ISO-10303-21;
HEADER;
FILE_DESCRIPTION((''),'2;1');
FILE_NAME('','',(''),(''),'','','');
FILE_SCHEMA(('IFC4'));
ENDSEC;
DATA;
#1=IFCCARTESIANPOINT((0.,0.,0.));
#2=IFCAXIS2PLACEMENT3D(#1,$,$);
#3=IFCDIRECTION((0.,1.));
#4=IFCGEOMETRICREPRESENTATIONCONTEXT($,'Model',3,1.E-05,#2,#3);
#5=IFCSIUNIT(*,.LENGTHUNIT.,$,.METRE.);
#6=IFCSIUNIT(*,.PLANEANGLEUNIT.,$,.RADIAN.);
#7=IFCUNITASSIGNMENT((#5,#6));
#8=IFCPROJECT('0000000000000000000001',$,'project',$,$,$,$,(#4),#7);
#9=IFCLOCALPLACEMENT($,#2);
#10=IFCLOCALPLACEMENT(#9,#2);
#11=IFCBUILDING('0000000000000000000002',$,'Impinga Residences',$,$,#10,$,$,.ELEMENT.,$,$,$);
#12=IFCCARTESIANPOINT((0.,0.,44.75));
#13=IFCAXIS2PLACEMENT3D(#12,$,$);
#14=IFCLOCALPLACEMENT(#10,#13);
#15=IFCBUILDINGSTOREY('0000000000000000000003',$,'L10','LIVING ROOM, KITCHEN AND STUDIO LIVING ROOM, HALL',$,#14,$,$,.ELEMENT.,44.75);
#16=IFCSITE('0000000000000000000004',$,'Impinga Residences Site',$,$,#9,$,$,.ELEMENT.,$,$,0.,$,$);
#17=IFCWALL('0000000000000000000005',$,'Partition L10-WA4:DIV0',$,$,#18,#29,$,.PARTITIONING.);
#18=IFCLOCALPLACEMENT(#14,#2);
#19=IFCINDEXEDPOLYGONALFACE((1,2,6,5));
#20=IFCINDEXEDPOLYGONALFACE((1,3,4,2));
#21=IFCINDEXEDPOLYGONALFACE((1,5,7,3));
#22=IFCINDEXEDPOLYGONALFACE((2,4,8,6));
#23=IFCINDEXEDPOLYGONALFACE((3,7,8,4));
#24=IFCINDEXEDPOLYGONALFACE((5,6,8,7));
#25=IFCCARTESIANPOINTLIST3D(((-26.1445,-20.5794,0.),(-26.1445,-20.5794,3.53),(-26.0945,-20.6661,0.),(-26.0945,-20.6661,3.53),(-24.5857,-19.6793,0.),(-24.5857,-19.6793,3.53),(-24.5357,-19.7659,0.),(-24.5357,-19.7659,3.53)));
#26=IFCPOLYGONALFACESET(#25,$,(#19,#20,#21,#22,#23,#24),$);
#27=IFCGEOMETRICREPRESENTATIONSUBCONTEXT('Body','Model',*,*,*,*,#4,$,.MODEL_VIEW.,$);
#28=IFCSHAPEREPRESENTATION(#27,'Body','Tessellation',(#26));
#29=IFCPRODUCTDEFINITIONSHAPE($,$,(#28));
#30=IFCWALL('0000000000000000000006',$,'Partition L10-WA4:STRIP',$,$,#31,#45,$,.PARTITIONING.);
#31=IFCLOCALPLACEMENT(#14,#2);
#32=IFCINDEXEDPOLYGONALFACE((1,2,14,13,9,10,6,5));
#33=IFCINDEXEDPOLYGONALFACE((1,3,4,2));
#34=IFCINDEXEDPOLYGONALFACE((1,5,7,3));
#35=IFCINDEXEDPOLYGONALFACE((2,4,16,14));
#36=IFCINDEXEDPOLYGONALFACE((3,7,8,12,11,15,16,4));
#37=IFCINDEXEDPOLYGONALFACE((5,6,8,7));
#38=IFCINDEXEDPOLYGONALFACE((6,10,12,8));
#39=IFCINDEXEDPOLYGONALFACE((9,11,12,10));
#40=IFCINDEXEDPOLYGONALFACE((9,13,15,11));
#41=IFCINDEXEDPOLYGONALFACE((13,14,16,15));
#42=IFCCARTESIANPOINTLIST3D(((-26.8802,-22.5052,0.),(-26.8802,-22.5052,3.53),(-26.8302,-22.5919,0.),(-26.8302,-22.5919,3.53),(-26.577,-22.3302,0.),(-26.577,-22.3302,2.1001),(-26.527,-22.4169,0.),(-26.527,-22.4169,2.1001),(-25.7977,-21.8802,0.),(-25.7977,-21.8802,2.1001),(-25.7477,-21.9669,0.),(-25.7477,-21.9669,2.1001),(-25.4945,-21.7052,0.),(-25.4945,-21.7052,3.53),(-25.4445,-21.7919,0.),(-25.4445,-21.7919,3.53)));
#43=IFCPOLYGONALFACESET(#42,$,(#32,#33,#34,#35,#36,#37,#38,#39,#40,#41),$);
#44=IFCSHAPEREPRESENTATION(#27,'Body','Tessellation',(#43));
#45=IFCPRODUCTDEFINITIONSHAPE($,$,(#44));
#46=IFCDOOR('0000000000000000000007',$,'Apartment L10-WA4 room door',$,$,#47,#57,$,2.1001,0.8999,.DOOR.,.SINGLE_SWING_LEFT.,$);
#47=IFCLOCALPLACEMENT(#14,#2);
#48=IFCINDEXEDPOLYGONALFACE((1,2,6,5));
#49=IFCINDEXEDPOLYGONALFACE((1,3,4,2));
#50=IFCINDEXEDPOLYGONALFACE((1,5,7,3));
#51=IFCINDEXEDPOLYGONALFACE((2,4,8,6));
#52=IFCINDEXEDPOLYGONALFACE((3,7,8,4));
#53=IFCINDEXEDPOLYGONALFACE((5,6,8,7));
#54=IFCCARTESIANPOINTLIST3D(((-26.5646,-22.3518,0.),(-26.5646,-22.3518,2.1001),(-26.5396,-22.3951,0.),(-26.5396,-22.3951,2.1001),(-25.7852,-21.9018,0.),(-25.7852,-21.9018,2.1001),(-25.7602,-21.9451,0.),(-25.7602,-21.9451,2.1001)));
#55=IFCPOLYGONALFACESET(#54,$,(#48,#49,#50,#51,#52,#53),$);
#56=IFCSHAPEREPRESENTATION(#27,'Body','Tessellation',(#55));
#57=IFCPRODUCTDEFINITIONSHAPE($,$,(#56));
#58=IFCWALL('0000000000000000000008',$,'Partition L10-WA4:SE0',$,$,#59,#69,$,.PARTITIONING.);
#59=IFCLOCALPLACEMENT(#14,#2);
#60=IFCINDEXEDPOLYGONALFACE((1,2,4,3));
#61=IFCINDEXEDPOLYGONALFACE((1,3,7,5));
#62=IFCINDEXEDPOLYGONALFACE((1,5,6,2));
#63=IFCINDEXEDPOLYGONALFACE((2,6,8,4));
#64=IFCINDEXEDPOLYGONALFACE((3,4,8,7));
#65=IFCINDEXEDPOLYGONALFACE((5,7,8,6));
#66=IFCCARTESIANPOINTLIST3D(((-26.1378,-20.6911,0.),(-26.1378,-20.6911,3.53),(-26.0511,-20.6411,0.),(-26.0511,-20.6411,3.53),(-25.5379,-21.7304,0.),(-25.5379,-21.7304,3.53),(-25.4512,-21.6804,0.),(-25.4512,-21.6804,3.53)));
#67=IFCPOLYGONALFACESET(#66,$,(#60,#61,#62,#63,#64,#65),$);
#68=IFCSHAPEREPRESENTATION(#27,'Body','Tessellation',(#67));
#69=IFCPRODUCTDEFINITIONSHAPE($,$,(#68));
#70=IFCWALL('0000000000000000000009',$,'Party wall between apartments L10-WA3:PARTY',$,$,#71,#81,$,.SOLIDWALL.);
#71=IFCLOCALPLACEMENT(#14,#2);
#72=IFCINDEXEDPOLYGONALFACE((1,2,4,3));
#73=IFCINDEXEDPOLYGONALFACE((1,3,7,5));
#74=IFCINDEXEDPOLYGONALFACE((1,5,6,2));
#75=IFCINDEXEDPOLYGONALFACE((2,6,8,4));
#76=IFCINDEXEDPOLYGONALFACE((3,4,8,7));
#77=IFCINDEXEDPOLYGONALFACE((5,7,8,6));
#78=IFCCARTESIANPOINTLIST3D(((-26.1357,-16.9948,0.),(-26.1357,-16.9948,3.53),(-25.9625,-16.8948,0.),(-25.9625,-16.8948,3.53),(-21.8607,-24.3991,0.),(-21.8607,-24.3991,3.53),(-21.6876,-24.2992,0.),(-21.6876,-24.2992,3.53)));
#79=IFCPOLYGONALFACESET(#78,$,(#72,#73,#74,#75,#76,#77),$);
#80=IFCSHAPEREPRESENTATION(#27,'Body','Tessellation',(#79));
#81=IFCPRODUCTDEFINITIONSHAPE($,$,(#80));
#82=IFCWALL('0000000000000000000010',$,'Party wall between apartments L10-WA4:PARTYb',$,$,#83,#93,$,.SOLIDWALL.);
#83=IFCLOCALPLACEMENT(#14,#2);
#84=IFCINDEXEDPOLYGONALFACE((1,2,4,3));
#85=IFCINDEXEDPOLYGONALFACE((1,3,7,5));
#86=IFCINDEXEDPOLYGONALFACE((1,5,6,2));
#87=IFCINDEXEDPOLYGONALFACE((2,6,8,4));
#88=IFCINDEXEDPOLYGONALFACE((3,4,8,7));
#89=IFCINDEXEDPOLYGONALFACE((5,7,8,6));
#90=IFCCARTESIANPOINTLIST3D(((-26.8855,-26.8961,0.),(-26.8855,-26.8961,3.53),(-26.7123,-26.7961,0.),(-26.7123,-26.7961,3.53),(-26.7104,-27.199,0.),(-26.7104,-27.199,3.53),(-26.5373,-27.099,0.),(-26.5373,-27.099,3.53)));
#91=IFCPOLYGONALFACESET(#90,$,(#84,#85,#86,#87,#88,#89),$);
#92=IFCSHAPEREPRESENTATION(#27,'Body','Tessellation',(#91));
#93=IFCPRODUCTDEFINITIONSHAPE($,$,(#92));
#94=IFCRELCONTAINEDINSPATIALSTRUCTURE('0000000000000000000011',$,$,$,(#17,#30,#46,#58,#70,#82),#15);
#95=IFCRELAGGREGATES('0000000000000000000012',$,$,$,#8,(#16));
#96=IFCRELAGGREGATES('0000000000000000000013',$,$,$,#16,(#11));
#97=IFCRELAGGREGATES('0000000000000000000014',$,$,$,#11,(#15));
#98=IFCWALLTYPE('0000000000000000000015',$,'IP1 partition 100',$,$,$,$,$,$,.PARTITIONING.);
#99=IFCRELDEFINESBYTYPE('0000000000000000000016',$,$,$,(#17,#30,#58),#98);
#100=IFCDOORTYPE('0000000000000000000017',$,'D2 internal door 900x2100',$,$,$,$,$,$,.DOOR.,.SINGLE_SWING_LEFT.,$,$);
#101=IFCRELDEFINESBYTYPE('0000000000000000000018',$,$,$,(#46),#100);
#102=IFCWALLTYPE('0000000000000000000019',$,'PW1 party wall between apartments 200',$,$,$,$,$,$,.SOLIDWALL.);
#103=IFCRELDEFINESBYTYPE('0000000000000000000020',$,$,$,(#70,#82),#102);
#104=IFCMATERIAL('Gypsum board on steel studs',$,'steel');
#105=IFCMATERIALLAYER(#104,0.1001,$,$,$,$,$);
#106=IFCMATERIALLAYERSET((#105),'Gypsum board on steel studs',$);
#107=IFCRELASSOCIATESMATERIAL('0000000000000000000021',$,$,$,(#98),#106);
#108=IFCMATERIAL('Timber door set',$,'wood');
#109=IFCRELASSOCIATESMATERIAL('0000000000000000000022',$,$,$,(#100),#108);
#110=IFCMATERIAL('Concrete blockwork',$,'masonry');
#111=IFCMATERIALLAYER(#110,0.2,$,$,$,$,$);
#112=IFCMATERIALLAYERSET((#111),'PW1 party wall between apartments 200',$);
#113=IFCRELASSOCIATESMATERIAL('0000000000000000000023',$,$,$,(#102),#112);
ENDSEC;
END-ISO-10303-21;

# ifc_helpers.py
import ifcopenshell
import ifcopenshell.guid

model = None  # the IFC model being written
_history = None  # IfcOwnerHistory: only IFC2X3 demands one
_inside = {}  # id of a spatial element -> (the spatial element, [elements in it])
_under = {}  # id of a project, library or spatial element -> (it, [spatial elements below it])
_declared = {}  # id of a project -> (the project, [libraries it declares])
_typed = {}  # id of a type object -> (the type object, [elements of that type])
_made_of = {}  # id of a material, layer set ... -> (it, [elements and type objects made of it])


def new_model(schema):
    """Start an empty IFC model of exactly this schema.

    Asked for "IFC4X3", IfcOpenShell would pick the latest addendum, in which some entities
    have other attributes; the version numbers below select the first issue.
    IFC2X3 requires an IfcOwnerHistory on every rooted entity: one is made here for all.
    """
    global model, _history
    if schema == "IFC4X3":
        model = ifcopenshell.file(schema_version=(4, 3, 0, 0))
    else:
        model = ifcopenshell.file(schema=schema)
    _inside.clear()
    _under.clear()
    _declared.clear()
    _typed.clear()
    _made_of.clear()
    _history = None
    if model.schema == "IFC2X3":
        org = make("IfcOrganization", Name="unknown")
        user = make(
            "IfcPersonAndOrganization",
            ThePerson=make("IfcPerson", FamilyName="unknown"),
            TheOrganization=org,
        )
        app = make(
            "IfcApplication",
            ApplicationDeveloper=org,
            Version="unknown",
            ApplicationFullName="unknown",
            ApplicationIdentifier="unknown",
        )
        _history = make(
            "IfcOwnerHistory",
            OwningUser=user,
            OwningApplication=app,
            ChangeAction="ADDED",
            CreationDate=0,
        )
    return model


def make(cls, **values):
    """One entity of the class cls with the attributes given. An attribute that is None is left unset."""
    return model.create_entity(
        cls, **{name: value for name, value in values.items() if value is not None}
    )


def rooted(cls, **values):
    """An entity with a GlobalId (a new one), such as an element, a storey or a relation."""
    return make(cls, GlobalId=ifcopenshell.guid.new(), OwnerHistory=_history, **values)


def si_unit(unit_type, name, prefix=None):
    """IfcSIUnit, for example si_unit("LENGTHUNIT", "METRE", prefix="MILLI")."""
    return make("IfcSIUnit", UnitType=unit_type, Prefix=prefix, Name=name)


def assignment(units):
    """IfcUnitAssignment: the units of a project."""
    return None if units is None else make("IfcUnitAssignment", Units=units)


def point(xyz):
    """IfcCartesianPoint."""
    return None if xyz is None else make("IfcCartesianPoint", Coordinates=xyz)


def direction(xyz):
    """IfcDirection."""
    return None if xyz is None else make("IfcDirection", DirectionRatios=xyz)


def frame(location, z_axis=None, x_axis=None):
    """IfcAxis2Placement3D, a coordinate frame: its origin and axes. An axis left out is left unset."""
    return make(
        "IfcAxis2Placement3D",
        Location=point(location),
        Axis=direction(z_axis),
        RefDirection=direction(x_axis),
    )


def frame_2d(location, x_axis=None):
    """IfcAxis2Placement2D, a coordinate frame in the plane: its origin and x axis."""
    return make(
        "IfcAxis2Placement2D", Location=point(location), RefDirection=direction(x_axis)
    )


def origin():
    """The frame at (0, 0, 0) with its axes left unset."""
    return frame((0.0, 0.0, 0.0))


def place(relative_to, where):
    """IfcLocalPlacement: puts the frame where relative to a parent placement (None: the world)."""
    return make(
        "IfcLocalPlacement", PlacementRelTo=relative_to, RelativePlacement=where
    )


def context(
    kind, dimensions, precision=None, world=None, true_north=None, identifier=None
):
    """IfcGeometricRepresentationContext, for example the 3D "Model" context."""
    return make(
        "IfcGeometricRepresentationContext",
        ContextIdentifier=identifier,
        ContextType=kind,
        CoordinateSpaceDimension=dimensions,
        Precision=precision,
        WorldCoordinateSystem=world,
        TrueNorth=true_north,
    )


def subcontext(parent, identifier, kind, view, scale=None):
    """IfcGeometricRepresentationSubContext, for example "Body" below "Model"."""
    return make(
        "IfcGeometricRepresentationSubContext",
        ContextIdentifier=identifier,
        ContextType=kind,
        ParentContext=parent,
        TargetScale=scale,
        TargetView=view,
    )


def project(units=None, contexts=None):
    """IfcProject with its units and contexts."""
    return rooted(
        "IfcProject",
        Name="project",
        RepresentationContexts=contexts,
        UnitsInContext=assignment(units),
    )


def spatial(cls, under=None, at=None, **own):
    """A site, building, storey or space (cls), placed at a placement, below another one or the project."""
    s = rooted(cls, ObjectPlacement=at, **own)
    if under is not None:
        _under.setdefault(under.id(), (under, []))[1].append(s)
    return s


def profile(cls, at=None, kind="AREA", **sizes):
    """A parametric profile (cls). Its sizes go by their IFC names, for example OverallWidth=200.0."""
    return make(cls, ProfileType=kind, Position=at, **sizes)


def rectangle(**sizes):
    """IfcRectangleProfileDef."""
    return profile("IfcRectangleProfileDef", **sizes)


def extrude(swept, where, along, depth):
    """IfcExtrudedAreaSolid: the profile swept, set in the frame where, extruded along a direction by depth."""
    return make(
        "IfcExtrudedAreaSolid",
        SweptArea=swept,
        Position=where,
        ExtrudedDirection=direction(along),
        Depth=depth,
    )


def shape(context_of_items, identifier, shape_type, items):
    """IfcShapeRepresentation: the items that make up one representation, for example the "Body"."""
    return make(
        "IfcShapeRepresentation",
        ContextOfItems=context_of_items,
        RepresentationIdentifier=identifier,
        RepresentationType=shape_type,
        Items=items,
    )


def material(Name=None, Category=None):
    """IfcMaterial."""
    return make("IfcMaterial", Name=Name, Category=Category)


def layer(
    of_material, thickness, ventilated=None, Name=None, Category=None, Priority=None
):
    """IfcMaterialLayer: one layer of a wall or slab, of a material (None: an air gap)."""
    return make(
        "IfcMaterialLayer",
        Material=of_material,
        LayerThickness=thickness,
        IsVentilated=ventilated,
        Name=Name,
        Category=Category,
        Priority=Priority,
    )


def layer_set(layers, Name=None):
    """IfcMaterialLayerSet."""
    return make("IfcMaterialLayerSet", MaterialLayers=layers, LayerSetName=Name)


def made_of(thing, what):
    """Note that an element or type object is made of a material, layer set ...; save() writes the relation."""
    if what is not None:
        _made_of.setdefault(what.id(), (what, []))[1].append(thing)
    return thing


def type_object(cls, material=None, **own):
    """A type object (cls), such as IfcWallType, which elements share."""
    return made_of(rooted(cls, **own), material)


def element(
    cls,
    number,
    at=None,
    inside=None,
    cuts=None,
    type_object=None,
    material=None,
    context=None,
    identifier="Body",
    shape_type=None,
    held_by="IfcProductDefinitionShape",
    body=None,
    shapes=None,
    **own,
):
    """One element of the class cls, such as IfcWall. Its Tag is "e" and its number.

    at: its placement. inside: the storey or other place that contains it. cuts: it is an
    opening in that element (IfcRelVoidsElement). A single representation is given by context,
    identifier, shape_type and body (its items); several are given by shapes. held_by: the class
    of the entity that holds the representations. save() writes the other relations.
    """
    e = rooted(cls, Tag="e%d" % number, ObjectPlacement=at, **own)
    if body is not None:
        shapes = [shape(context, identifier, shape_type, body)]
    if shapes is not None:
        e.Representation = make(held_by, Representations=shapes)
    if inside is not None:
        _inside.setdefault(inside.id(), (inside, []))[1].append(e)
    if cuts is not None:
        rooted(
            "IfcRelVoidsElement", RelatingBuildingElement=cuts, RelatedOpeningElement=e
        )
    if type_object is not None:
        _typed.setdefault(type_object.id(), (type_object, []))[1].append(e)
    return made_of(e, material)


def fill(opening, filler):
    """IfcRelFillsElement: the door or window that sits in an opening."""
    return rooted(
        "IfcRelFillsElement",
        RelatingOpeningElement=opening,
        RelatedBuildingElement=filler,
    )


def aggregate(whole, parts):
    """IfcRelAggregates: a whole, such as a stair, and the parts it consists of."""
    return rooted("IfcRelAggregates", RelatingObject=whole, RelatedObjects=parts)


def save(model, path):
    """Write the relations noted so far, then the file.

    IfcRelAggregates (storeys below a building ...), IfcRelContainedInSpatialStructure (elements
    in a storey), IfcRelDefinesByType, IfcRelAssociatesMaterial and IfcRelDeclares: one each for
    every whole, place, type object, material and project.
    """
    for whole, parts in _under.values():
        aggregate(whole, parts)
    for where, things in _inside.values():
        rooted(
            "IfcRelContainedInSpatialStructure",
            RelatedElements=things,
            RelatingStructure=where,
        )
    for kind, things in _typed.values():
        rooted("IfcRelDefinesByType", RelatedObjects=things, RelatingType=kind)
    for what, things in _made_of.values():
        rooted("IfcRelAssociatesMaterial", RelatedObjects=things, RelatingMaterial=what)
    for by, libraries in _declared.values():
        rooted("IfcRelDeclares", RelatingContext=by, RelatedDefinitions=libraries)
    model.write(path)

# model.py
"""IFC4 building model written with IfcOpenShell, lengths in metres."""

from ifc_helpers import new_model, si_unit, direction, frame, frame_2d, origin, place, context, subcontext, project, spatial, rectangle, extrude, material, layer, layer_set, type_object, element, fill, save


model = new_model("IFC4")

# Units and contexts
model_context = context("Model", 3, precision=1e-05, world=origin(), true_north=direction((0.0, 1.0)))
body_context = subcontext(model_context, "Body", "Model", "MODEL_VIEW")
ifc_project = project(units=[si_unit("LENGTHUNIT", "METRE"), si_unit("PLANEANGLEUNIT", "RADIAN")], contexts=[model_context])

# Site, building, storey
site_placement = place(None, origin())
site = spatial("IfcSite", under=ifc_project, at=site_placement, Name="Impinga Residences Site", CompositionType="ELEMENT", RefElevation=0.0)
building_placement = place(site_placement, origin())
building = spatial("IfcBuilding", under=site, at=building_placement, Name="Impinga Residences", CompositionType="ELEMENT")
storey_placement = place(building_placement, frame((0.0, 0.0, 44.75)))
storey = spatial("IfcBuildingStorey", under=building, at=storey_placement, Name="L10", Description="LIVING ROOM, KITCHEN AND STUDIO LIVING ROOM, HALL", CompositionType="ELEMENT", Elevation=44.75)

# Shared definitions
ifc_material_1 = material(Name="Concrete blockwork", Category="masonry")
ifc_material_2 = material(Name="Timber door set", Category="wood")

# Shared definitions
ifc_material_3 = material(Name="Gypsum board on steel studs", Category="steel")
ifc_layer_1 = layer(ifc_material_3, 0.1001)
ifc_layer_set_1 = layer_set([ifc_layer_1], Name="Gypsum board on steel studs")
wall_type_1 = type_object("IfcWallType", Name="IP1 partition 100", PredefinedType="PARTITIONING", material=ifc_layer_set_1)

# Shared definitions
door_type_1 = type_object("IfcDoorType", Name="D2 internal door 900x2100", OperationType="SINGLE_SWING_LEFT", PredefinedType="DOOR", material=ifc_material_2)

# Wall
wall_1_placement = place(storey_placement, frame((-24.5608, -19.7227, 0.0), z_axis=(0.0, 0.0, 1.0), x_axis=(-0.865989, -0.500063, 0.0)))
element("IfcWall", 1, at=wall_1_placement, inside=storey, type_object=wall_type_1, Name="Partition L10-WA4:DIV0", PredefinedType="PARTITIONING", context=body_context, shape_type="SweptSolid", body=[
    extrude(rectangle(XDim=1.8, YDim=0.1001, at=frame_2d((0.8999, 0.0))), origin(), (0.0, 0.0, 1.0), 3.53),
])

# Wall, opening, door
wall_2_placement = place(storey_placement, frame((-25.4695, -21.7485, 0.0), z_axis=(0.0, 0.0, 1.0), x_axis=(-0.866028, -0.499995, 0.0)))
wall_2 = element("IfcWall", 2, at=wall_2_placement, inside=storey, type_object=wall_type_1, Name="Partition L10-WA4:STRIP", PredefinedType="PARTITIONING", context=body_context, shape_type="SweptSolid", body=[
    extrude(rectangle(XDim=1.6001, YDim=0.1001, at=frame_2d((0.8, 0.0))), origin(), (0.0, 0.0, 1.0), 3.53),
])
opening_1_placement = place(wall_2_placement, frame((0.3501, 0.0, 0.0)))
opening_1 = element("IfcOpeningElement", 3, at=opening_1_placement, cuts=wall_2, PredefinedType="OPENING", context=body_context, shape_type="SweptSolid", body=[
    extrude(rectangle(XDim=0.8999, YDim=2.1001, at=frame_2d((0.45, 1.05))), frame((0.0, 0.0601, 0.0), z_axis=(0.0, -1.0, 0.0), x_axis=(1.0, 0.0, 0.0)), (0.0, 0.0, 1.0), 0.1201),
])
door_1_placement = place(opening_1_placement, origin())
door_1 = element("IfcDoor", 4, at=door_1_placement, inside=storey, type_object=door_type_1, Name="Apartment L10-WA4 room door", OperationType="SINGLE_SWING_LEFT", OverallHeight=2.1001, OverallWidth=0.8999, PredefinedType="DOOR", context=body_context, shape_type="SweptSolid", body=[
    extrude(rectangle(XDim=0.8999, YDim=2.1001, at=frame_2d((0.45, 1.05))), frame((0.0, 0.0249, 0.0), z_axis=(0.0, -1.0, 0.0), x_axis=(1.0, 0.0, 0.0)), (0.0, 0.0, 1.0), 0.05),
])
fill(opening_1, door_1)

# Walls
wall_3_placement = place(storey_placement, frame((-26.0945, -20.666, 0.0), z_axis=(0.0, 0.0, 1.0), x_axis=(0.499881, -0.866094, 0.0)))
element("IfcWall", 5, at=wall_3_placement, inside=storey, type_object=wall_type_1, Name="Partition L10-WA4:SE0", PredefinedType="PARTITIONING", context=body_context, shape_type="SweptSolid", body=[
    extrude(rectangle(XDim=1.2, YDim=0.1001, at=frame_2d((0.6001, 0.0))), origin(), (0.0, 0.0, 1.0), 3.53),
])
ifc_layer_2 = layer(ifc_material_1, 0.2)
ifc_layer_set_2 = layer_set([ifc_layer_2], Name="PW1 party wall between apartments 200")
wall_type_2 = type_object("IfcWallType", Name="PW1 party wall between apartments 200", PredefinedType="SOLIDWALL", material=ifc_layer_set_2)
wall_4_placement = place(storey_placement, frame((-26.0491, -16.9448, 0.0), z_axis=(0.0, 0.0, 1.0), x_axis=(0.500003, -0.866024, 0.0)))
element("IfcWall", 6, at=wall_4_placement, inside=storey, type_object=wall_type_2, Name="Party wall between apartments L10-WA3:PARTY", PredefinedType="SOLIDWALL", context=body_context, shape_type="SweptSolid", body=[
    extrude(rectangle(XDim=8.5498, YDim=0.2, at=frame_2d((4.2749, 0.0))), origin(), (0.0, 0.0, 1.0), 3.53),
])
wall_5_placement = place(storey_placement, frame((-26.7988, -26.8462, 0.0), z_axis=(0.0, 0.0, 1.0), x_axis=(0.500266, -0.865872, 0.0)))
element("IfcWall", 7, at=wall_5_placement, inside=storey, type_object=wall_type_2, Name="Party wall between apartments L10-WA4:PARTYb", PredefinedType="SOLIDWALL", context=body_context, shape_type="SweptSolid", body=[
    extrude(rectangle(XDim=0.3499, YDim=0.2, at=frame_2d((0.1748, 0.0))), origin(), (0.0, 0.0, 1.0), 3.53),
])

save(model, "model.ifc")
